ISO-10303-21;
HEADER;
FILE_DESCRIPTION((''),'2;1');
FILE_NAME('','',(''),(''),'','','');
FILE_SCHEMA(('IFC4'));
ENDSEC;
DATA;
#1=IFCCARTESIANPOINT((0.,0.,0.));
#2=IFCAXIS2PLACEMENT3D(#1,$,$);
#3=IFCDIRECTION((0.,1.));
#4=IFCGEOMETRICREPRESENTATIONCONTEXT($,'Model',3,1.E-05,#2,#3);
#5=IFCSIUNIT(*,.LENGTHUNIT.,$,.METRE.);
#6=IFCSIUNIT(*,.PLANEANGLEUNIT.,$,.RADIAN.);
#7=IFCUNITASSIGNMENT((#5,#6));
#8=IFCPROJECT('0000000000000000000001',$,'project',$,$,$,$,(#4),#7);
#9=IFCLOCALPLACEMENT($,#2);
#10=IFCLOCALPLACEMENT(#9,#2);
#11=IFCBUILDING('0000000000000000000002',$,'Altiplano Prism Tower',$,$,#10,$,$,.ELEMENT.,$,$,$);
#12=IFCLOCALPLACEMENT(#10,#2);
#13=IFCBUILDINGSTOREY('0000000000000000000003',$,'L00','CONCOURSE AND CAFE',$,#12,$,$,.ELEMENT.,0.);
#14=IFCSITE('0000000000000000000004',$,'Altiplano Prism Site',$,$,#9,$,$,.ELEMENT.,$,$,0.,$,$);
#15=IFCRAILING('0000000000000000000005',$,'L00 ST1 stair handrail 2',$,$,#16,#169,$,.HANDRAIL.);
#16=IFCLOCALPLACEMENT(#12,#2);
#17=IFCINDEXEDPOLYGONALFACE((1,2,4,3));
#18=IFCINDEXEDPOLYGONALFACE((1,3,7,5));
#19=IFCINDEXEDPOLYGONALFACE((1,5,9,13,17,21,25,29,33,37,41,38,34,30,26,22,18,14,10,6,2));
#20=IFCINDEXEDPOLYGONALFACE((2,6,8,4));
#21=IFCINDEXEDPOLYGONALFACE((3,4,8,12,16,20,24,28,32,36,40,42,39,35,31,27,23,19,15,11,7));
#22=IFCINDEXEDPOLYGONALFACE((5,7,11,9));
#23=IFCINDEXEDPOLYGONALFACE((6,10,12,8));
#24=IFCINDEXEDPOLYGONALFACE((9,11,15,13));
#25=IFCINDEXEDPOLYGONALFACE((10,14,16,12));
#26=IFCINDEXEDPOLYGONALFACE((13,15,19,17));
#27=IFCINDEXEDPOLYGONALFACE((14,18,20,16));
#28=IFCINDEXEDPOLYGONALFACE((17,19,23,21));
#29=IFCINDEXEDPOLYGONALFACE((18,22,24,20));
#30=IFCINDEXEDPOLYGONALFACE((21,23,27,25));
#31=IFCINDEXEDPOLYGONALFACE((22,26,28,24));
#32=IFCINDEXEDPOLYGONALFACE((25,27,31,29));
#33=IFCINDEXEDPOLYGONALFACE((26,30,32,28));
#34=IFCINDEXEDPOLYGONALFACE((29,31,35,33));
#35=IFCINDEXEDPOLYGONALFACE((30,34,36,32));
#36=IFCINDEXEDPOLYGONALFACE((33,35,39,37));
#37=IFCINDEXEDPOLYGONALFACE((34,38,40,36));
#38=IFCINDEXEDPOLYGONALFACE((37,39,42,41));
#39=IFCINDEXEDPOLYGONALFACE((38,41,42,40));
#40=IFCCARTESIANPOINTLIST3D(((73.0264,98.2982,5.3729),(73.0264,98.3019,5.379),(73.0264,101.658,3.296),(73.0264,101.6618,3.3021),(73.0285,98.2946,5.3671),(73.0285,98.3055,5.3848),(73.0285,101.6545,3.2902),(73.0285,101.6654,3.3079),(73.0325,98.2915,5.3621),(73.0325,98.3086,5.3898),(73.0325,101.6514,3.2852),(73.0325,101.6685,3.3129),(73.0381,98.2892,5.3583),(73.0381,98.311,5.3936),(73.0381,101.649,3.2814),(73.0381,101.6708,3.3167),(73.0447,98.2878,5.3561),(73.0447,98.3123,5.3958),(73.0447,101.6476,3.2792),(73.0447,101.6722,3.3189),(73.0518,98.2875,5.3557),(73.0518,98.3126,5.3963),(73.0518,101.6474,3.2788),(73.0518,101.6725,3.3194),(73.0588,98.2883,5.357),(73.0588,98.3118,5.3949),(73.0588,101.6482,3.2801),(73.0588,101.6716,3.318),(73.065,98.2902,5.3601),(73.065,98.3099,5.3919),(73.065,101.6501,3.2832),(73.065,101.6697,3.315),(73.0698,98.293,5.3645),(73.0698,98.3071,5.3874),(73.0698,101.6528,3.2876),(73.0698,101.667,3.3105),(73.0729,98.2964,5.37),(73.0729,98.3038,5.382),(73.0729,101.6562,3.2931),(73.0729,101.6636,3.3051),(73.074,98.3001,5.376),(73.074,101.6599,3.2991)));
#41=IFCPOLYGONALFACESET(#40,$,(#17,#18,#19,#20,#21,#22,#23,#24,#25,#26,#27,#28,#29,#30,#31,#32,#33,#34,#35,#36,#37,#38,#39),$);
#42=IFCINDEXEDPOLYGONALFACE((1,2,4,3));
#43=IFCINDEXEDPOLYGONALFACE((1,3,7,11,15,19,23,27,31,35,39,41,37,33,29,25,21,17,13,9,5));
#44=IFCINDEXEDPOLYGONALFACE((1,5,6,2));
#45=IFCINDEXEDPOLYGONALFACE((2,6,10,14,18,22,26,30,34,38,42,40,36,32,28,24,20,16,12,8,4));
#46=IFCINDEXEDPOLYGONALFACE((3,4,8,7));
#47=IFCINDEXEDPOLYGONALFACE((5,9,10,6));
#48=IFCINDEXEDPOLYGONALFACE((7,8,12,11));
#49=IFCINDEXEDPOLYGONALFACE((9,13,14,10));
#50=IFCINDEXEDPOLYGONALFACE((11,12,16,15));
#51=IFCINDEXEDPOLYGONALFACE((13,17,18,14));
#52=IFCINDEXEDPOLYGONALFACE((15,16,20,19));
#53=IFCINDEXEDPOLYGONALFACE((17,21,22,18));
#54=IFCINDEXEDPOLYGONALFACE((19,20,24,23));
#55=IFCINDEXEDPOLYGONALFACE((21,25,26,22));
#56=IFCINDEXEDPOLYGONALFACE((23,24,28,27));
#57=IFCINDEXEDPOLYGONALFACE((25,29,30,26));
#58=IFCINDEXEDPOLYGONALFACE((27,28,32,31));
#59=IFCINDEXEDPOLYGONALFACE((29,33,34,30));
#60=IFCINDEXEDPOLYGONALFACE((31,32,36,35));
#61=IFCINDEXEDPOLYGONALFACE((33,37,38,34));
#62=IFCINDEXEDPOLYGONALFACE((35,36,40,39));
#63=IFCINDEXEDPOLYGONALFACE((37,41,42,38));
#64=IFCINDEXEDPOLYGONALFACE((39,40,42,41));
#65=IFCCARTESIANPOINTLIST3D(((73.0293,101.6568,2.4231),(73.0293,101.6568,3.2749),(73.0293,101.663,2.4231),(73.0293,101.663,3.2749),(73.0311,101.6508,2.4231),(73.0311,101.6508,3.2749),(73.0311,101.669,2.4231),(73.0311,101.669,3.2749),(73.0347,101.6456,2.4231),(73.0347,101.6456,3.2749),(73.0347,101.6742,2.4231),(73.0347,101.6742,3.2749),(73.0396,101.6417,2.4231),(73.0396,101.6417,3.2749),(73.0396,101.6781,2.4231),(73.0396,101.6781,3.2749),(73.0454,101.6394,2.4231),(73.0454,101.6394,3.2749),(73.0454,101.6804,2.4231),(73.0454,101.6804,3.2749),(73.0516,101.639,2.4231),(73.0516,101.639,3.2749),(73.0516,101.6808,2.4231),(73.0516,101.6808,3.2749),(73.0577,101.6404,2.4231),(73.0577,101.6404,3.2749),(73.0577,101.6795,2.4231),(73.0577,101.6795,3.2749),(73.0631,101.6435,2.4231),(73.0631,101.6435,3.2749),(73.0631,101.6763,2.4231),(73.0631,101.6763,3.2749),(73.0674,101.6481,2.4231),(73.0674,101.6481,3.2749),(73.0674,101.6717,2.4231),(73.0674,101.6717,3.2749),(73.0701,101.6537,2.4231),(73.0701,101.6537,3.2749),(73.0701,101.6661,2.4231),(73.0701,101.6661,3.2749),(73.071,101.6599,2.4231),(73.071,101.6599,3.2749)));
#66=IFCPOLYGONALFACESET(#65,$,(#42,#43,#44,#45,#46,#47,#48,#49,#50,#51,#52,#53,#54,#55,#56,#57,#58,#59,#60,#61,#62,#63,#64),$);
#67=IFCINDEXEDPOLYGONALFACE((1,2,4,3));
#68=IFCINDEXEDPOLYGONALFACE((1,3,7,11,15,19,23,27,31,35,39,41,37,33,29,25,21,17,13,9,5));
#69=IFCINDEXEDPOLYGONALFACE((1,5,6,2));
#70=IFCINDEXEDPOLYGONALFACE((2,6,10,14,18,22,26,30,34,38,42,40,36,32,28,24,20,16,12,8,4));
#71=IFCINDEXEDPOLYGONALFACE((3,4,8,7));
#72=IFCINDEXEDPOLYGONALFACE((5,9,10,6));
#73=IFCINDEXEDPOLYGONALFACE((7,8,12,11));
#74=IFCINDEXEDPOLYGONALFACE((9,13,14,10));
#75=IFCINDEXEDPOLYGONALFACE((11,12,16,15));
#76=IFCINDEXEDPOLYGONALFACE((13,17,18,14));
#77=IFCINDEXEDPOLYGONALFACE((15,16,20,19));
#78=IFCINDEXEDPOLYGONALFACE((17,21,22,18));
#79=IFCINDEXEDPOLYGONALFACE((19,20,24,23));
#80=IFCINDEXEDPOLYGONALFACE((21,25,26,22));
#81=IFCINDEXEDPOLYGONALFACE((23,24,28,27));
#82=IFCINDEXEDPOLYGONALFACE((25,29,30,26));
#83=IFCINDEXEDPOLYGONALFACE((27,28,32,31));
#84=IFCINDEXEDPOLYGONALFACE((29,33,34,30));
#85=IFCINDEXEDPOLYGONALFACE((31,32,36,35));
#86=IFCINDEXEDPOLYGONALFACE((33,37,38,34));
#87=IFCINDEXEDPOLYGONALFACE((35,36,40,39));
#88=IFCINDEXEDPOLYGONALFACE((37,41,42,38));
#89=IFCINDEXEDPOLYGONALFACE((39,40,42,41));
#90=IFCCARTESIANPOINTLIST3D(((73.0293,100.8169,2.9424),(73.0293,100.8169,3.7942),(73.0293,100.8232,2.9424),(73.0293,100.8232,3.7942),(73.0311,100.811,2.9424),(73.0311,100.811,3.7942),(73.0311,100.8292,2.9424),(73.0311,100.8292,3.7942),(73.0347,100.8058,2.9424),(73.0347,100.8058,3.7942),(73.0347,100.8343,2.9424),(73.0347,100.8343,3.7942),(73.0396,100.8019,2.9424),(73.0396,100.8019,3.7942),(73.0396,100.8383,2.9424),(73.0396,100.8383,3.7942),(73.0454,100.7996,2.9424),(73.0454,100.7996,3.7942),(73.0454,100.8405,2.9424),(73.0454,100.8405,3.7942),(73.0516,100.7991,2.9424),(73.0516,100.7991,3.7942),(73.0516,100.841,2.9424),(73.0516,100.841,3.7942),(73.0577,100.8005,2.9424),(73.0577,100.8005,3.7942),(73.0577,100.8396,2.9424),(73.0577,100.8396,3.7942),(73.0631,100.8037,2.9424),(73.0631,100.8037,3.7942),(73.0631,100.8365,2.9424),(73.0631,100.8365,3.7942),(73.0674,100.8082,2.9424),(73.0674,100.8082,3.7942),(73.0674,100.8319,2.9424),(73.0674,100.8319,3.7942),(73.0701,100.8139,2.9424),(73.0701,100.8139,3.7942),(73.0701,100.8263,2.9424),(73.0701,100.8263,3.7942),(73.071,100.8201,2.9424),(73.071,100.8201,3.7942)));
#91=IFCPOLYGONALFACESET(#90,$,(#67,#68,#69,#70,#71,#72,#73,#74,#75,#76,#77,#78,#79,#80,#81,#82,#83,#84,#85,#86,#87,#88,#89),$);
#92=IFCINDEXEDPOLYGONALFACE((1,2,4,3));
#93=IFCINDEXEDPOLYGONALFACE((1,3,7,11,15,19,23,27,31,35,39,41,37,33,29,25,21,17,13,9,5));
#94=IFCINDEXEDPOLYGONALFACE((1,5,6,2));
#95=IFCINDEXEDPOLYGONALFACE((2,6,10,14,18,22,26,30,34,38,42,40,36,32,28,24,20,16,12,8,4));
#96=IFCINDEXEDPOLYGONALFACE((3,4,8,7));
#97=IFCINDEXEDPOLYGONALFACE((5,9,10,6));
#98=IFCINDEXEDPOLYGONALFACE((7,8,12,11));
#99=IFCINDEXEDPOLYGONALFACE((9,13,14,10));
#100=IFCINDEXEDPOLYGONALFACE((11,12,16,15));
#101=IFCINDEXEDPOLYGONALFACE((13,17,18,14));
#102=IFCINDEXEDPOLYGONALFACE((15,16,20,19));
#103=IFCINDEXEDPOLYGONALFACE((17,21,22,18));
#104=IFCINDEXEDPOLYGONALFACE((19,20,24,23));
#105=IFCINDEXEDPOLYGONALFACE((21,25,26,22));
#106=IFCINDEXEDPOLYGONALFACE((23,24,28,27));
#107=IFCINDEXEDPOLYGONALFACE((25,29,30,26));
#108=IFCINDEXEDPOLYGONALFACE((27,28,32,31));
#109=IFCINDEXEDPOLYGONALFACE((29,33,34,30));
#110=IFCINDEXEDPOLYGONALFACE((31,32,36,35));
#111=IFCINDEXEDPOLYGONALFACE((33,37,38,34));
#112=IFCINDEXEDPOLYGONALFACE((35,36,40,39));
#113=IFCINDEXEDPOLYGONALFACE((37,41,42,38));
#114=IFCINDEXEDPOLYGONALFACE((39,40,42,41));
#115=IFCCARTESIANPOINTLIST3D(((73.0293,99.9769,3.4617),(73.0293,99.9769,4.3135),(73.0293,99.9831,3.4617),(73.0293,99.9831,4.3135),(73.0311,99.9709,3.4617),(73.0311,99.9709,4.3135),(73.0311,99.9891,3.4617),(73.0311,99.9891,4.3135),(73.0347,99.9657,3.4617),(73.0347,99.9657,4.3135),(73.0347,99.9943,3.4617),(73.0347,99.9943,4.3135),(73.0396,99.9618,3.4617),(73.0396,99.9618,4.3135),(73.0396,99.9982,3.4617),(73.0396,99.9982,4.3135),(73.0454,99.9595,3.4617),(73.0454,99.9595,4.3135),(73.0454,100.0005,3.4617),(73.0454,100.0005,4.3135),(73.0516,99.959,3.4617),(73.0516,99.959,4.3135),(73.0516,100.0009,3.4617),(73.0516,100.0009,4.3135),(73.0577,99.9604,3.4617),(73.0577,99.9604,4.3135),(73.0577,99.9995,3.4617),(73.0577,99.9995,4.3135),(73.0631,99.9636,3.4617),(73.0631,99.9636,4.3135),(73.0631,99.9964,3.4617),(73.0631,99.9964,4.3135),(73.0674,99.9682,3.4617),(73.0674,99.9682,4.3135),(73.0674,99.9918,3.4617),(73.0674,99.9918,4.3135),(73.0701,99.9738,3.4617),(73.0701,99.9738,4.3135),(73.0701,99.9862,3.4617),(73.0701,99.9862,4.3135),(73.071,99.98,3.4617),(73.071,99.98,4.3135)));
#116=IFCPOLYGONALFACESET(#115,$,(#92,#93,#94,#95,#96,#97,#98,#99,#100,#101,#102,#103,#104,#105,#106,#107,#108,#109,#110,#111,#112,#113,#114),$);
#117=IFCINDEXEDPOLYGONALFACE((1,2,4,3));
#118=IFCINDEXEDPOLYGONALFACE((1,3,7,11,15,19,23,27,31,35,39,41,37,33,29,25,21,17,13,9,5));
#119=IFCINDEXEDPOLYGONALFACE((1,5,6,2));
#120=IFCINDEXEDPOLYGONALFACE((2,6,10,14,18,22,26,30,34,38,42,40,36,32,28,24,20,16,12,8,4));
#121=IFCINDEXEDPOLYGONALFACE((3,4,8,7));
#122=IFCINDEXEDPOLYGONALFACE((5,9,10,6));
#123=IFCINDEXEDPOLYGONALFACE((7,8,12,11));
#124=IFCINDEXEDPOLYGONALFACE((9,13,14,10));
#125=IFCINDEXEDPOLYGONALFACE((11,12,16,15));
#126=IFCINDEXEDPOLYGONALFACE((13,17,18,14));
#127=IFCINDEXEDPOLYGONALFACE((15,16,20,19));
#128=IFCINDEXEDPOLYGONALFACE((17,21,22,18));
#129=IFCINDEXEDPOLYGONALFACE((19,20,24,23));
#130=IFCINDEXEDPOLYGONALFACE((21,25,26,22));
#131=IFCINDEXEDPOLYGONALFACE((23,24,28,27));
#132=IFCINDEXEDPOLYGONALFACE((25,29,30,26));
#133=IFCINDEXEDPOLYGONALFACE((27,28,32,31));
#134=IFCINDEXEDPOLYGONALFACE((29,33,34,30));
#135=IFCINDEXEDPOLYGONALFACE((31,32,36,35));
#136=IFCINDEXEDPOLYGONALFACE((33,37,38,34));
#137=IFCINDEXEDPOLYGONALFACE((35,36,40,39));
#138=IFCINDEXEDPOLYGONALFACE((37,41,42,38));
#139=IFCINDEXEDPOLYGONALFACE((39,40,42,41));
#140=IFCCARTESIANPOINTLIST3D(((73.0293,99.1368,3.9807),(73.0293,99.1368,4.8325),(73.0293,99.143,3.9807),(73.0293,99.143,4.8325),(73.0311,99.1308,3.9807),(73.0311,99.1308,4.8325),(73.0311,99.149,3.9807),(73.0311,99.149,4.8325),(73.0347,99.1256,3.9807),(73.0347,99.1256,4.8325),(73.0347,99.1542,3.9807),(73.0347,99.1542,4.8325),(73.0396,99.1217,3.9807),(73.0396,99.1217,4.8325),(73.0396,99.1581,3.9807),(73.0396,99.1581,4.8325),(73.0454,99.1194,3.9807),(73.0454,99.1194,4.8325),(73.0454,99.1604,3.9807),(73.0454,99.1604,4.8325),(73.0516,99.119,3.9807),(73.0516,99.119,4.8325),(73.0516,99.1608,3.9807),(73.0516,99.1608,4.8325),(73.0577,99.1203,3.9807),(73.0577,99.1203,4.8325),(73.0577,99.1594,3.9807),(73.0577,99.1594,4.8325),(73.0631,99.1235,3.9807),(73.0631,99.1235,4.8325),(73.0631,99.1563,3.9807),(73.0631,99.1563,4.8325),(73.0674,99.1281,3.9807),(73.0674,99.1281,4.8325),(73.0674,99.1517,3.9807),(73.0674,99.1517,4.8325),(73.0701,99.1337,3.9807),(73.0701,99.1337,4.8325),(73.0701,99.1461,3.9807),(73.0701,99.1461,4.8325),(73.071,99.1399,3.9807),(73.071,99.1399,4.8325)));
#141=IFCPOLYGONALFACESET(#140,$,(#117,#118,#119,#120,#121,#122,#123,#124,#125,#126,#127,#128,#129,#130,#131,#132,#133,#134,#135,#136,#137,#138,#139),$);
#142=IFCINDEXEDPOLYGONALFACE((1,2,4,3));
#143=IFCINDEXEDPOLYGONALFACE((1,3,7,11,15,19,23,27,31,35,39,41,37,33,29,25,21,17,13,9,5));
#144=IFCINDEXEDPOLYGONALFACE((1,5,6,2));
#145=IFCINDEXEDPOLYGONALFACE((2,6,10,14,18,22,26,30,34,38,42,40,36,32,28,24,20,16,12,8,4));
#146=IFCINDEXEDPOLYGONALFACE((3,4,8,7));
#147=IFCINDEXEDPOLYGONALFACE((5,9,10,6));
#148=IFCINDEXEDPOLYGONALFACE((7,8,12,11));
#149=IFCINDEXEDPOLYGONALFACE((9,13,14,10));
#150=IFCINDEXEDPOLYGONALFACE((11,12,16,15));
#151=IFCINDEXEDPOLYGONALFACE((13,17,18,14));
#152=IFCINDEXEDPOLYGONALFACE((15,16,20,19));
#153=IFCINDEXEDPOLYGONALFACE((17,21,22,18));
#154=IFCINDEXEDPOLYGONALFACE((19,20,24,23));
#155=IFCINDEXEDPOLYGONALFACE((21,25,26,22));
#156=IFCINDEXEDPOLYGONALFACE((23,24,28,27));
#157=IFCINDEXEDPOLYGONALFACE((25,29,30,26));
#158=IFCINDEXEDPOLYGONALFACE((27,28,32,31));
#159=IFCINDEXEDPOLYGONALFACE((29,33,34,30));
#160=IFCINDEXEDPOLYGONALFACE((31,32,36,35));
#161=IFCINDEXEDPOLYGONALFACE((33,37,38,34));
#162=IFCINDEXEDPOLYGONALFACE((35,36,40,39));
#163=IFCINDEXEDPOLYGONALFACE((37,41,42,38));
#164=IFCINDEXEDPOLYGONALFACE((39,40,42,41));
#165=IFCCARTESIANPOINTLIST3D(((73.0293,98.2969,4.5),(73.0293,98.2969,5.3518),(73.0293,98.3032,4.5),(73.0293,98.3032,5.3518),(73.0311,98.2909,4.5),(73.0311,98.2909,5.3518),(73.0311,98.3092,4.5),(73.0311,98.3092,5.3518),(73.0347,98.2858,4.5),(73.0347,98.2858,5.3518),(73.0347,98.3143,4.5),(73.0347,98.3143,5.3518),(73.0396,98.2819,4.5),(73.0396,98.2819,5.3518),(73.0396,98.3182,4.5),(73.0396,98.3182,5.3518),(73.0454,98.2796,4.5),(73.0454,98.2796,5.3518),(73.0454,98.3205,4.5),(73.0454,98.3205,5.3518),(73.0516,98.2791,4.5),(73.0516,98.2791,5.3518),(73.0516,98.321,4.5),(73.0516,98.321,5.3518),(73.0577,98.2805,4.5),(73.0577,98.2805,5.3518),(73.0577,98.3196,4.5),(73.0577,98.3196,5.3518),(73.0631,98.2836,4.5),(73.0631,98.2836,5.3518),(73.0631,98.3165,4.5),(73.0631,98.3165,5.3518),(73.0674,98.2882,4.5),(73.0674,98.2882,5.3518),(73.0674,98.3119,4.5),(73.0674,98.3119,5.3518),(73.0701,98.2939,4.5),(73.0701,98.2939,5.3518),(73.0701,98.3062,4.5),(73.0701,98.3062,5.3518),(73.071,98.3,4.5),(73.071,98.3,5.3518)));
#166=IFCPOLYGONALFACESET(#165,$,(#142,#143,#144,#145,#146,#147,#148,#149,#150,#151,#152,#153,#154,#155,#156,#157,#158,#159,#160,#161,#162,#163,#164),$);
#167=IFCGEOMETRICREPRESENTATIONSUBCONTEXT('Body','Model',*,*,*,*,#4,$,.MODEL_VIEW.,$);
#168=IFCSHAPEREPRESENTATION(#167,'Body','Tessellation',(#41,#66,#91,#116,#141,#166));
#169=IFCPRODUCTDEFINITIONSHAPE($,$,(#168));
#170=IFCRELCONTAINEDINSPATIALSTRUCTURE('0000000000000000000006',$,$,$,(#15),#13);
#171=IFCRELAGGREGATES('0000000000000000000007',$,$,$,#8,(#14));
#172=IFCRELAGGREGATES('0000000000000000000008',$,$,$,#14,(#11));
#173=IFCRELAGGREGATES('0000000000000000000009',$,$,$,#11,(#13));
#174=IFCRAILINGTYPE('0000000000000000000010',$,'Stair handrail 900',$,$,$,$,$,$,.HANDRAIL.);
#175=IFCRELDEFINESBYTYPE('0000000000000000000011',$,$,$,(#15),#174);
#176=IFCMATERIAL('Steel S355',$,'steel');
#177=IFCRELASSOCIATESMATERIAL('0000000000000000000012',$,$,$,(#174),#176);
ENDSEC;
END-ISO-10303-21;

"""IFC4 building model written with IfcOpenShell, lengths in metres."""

from ifc_helpers import new_model, si_unit, direction, frame, origin, origin_2d, place, context, subcontext, project, spatial, circle, extrude, material, type_object, element, save


model = new_model("IFC4")

# Units and contexts
model_context = context("Model", 3, precision=1e-05, world=origin(), true_north=direction((0.0, 1.0)))
body_context = subcontext(model_context, "Body", "Model", "MODEL_VIEW")
ifc_project = project(units=[si_unit("LENGTHUNIT", "METRE"), si_unit("PLANEANGLEUNIT", "RADIAN")], contexts=[model_context])

# Site, building, storey
site_placement = place(None, origin())
site = spatial("IfcSite", under=ifc_project, at=site_placement, Name="Altiplano Prism Site", CompositionType="ELEMENT", RefElevation=0.0)
building_placement = place(site_placement, origin())
building = spatial("IfcBuilding", under=site, at=building_placement, Name="Altiplano Prism Tower", CompositionType="ELEMENT")
storey_placement = place(building_placement, origin())
storey = spatial("IfcBuildingStorey", under=building, at=storey_placement, Name="L00", Description="CONCOURSE AND CAFE", CompositionType="ELEMENT", Elevation=0.0)

# Railing
ifc_material_1 = material(Name="Steel S355", Category="steel")
railing_type_1 = type_object("IfcRailingType", Name="Stair handrail 900", PredefinedType="HANDRAIL", material=ifc_material_1)
railing_1_placement = place(storey_placement, frame((73.05, 101.6599, 2.4231)))
element("IfcRailing", 1, at=railing_1_placement, inside=storey, type_object=railing_type_1, Name="L00 ST1 stair handrail 2", PredefinedType="HANDRAIL", context=body_context, shape_type="SweptSolid", body=[
    extrude(circle(Radius=0.0239, at=origin_2d()), frame((0.0, 0.0, 0.876), z_axis=(0.0, -0.850606, 0.525803), x_axis=(1.0, 0.0, 0.0)), (0.0, 0.0, 1.0), 3.95),
    extrude(circle(Radius=0.021, at=origin_2d()), origin(), (0.0, 0.0, 1.0), 0.8518),
    extrude(circle(Radius=0.021, at=origin_2d()), frame((0.0, -0.8398, 0.5193)), (0.0, 0.0, 1.0), 0.8518),
    extrude(circle(Radius=0.021, at=origin_2d()), frame((0.0, -1.6799, 1.0386)), (0.0, 0.0, 1.0), 0.8518),
    extrude(circle(Radius=0.021, at=origin_2d()), frame((0.0, -2.52, 1.5576)), (0.0, 0.0, 1.0), 0.8518),
    extrude(circle(Radius=0.021, at=origin_2d()), frame((0.0, -3.3599, 2.0769)), (0.0, 0.0, 1.0), 0.8518),
])

save(model, "model.ifc")
